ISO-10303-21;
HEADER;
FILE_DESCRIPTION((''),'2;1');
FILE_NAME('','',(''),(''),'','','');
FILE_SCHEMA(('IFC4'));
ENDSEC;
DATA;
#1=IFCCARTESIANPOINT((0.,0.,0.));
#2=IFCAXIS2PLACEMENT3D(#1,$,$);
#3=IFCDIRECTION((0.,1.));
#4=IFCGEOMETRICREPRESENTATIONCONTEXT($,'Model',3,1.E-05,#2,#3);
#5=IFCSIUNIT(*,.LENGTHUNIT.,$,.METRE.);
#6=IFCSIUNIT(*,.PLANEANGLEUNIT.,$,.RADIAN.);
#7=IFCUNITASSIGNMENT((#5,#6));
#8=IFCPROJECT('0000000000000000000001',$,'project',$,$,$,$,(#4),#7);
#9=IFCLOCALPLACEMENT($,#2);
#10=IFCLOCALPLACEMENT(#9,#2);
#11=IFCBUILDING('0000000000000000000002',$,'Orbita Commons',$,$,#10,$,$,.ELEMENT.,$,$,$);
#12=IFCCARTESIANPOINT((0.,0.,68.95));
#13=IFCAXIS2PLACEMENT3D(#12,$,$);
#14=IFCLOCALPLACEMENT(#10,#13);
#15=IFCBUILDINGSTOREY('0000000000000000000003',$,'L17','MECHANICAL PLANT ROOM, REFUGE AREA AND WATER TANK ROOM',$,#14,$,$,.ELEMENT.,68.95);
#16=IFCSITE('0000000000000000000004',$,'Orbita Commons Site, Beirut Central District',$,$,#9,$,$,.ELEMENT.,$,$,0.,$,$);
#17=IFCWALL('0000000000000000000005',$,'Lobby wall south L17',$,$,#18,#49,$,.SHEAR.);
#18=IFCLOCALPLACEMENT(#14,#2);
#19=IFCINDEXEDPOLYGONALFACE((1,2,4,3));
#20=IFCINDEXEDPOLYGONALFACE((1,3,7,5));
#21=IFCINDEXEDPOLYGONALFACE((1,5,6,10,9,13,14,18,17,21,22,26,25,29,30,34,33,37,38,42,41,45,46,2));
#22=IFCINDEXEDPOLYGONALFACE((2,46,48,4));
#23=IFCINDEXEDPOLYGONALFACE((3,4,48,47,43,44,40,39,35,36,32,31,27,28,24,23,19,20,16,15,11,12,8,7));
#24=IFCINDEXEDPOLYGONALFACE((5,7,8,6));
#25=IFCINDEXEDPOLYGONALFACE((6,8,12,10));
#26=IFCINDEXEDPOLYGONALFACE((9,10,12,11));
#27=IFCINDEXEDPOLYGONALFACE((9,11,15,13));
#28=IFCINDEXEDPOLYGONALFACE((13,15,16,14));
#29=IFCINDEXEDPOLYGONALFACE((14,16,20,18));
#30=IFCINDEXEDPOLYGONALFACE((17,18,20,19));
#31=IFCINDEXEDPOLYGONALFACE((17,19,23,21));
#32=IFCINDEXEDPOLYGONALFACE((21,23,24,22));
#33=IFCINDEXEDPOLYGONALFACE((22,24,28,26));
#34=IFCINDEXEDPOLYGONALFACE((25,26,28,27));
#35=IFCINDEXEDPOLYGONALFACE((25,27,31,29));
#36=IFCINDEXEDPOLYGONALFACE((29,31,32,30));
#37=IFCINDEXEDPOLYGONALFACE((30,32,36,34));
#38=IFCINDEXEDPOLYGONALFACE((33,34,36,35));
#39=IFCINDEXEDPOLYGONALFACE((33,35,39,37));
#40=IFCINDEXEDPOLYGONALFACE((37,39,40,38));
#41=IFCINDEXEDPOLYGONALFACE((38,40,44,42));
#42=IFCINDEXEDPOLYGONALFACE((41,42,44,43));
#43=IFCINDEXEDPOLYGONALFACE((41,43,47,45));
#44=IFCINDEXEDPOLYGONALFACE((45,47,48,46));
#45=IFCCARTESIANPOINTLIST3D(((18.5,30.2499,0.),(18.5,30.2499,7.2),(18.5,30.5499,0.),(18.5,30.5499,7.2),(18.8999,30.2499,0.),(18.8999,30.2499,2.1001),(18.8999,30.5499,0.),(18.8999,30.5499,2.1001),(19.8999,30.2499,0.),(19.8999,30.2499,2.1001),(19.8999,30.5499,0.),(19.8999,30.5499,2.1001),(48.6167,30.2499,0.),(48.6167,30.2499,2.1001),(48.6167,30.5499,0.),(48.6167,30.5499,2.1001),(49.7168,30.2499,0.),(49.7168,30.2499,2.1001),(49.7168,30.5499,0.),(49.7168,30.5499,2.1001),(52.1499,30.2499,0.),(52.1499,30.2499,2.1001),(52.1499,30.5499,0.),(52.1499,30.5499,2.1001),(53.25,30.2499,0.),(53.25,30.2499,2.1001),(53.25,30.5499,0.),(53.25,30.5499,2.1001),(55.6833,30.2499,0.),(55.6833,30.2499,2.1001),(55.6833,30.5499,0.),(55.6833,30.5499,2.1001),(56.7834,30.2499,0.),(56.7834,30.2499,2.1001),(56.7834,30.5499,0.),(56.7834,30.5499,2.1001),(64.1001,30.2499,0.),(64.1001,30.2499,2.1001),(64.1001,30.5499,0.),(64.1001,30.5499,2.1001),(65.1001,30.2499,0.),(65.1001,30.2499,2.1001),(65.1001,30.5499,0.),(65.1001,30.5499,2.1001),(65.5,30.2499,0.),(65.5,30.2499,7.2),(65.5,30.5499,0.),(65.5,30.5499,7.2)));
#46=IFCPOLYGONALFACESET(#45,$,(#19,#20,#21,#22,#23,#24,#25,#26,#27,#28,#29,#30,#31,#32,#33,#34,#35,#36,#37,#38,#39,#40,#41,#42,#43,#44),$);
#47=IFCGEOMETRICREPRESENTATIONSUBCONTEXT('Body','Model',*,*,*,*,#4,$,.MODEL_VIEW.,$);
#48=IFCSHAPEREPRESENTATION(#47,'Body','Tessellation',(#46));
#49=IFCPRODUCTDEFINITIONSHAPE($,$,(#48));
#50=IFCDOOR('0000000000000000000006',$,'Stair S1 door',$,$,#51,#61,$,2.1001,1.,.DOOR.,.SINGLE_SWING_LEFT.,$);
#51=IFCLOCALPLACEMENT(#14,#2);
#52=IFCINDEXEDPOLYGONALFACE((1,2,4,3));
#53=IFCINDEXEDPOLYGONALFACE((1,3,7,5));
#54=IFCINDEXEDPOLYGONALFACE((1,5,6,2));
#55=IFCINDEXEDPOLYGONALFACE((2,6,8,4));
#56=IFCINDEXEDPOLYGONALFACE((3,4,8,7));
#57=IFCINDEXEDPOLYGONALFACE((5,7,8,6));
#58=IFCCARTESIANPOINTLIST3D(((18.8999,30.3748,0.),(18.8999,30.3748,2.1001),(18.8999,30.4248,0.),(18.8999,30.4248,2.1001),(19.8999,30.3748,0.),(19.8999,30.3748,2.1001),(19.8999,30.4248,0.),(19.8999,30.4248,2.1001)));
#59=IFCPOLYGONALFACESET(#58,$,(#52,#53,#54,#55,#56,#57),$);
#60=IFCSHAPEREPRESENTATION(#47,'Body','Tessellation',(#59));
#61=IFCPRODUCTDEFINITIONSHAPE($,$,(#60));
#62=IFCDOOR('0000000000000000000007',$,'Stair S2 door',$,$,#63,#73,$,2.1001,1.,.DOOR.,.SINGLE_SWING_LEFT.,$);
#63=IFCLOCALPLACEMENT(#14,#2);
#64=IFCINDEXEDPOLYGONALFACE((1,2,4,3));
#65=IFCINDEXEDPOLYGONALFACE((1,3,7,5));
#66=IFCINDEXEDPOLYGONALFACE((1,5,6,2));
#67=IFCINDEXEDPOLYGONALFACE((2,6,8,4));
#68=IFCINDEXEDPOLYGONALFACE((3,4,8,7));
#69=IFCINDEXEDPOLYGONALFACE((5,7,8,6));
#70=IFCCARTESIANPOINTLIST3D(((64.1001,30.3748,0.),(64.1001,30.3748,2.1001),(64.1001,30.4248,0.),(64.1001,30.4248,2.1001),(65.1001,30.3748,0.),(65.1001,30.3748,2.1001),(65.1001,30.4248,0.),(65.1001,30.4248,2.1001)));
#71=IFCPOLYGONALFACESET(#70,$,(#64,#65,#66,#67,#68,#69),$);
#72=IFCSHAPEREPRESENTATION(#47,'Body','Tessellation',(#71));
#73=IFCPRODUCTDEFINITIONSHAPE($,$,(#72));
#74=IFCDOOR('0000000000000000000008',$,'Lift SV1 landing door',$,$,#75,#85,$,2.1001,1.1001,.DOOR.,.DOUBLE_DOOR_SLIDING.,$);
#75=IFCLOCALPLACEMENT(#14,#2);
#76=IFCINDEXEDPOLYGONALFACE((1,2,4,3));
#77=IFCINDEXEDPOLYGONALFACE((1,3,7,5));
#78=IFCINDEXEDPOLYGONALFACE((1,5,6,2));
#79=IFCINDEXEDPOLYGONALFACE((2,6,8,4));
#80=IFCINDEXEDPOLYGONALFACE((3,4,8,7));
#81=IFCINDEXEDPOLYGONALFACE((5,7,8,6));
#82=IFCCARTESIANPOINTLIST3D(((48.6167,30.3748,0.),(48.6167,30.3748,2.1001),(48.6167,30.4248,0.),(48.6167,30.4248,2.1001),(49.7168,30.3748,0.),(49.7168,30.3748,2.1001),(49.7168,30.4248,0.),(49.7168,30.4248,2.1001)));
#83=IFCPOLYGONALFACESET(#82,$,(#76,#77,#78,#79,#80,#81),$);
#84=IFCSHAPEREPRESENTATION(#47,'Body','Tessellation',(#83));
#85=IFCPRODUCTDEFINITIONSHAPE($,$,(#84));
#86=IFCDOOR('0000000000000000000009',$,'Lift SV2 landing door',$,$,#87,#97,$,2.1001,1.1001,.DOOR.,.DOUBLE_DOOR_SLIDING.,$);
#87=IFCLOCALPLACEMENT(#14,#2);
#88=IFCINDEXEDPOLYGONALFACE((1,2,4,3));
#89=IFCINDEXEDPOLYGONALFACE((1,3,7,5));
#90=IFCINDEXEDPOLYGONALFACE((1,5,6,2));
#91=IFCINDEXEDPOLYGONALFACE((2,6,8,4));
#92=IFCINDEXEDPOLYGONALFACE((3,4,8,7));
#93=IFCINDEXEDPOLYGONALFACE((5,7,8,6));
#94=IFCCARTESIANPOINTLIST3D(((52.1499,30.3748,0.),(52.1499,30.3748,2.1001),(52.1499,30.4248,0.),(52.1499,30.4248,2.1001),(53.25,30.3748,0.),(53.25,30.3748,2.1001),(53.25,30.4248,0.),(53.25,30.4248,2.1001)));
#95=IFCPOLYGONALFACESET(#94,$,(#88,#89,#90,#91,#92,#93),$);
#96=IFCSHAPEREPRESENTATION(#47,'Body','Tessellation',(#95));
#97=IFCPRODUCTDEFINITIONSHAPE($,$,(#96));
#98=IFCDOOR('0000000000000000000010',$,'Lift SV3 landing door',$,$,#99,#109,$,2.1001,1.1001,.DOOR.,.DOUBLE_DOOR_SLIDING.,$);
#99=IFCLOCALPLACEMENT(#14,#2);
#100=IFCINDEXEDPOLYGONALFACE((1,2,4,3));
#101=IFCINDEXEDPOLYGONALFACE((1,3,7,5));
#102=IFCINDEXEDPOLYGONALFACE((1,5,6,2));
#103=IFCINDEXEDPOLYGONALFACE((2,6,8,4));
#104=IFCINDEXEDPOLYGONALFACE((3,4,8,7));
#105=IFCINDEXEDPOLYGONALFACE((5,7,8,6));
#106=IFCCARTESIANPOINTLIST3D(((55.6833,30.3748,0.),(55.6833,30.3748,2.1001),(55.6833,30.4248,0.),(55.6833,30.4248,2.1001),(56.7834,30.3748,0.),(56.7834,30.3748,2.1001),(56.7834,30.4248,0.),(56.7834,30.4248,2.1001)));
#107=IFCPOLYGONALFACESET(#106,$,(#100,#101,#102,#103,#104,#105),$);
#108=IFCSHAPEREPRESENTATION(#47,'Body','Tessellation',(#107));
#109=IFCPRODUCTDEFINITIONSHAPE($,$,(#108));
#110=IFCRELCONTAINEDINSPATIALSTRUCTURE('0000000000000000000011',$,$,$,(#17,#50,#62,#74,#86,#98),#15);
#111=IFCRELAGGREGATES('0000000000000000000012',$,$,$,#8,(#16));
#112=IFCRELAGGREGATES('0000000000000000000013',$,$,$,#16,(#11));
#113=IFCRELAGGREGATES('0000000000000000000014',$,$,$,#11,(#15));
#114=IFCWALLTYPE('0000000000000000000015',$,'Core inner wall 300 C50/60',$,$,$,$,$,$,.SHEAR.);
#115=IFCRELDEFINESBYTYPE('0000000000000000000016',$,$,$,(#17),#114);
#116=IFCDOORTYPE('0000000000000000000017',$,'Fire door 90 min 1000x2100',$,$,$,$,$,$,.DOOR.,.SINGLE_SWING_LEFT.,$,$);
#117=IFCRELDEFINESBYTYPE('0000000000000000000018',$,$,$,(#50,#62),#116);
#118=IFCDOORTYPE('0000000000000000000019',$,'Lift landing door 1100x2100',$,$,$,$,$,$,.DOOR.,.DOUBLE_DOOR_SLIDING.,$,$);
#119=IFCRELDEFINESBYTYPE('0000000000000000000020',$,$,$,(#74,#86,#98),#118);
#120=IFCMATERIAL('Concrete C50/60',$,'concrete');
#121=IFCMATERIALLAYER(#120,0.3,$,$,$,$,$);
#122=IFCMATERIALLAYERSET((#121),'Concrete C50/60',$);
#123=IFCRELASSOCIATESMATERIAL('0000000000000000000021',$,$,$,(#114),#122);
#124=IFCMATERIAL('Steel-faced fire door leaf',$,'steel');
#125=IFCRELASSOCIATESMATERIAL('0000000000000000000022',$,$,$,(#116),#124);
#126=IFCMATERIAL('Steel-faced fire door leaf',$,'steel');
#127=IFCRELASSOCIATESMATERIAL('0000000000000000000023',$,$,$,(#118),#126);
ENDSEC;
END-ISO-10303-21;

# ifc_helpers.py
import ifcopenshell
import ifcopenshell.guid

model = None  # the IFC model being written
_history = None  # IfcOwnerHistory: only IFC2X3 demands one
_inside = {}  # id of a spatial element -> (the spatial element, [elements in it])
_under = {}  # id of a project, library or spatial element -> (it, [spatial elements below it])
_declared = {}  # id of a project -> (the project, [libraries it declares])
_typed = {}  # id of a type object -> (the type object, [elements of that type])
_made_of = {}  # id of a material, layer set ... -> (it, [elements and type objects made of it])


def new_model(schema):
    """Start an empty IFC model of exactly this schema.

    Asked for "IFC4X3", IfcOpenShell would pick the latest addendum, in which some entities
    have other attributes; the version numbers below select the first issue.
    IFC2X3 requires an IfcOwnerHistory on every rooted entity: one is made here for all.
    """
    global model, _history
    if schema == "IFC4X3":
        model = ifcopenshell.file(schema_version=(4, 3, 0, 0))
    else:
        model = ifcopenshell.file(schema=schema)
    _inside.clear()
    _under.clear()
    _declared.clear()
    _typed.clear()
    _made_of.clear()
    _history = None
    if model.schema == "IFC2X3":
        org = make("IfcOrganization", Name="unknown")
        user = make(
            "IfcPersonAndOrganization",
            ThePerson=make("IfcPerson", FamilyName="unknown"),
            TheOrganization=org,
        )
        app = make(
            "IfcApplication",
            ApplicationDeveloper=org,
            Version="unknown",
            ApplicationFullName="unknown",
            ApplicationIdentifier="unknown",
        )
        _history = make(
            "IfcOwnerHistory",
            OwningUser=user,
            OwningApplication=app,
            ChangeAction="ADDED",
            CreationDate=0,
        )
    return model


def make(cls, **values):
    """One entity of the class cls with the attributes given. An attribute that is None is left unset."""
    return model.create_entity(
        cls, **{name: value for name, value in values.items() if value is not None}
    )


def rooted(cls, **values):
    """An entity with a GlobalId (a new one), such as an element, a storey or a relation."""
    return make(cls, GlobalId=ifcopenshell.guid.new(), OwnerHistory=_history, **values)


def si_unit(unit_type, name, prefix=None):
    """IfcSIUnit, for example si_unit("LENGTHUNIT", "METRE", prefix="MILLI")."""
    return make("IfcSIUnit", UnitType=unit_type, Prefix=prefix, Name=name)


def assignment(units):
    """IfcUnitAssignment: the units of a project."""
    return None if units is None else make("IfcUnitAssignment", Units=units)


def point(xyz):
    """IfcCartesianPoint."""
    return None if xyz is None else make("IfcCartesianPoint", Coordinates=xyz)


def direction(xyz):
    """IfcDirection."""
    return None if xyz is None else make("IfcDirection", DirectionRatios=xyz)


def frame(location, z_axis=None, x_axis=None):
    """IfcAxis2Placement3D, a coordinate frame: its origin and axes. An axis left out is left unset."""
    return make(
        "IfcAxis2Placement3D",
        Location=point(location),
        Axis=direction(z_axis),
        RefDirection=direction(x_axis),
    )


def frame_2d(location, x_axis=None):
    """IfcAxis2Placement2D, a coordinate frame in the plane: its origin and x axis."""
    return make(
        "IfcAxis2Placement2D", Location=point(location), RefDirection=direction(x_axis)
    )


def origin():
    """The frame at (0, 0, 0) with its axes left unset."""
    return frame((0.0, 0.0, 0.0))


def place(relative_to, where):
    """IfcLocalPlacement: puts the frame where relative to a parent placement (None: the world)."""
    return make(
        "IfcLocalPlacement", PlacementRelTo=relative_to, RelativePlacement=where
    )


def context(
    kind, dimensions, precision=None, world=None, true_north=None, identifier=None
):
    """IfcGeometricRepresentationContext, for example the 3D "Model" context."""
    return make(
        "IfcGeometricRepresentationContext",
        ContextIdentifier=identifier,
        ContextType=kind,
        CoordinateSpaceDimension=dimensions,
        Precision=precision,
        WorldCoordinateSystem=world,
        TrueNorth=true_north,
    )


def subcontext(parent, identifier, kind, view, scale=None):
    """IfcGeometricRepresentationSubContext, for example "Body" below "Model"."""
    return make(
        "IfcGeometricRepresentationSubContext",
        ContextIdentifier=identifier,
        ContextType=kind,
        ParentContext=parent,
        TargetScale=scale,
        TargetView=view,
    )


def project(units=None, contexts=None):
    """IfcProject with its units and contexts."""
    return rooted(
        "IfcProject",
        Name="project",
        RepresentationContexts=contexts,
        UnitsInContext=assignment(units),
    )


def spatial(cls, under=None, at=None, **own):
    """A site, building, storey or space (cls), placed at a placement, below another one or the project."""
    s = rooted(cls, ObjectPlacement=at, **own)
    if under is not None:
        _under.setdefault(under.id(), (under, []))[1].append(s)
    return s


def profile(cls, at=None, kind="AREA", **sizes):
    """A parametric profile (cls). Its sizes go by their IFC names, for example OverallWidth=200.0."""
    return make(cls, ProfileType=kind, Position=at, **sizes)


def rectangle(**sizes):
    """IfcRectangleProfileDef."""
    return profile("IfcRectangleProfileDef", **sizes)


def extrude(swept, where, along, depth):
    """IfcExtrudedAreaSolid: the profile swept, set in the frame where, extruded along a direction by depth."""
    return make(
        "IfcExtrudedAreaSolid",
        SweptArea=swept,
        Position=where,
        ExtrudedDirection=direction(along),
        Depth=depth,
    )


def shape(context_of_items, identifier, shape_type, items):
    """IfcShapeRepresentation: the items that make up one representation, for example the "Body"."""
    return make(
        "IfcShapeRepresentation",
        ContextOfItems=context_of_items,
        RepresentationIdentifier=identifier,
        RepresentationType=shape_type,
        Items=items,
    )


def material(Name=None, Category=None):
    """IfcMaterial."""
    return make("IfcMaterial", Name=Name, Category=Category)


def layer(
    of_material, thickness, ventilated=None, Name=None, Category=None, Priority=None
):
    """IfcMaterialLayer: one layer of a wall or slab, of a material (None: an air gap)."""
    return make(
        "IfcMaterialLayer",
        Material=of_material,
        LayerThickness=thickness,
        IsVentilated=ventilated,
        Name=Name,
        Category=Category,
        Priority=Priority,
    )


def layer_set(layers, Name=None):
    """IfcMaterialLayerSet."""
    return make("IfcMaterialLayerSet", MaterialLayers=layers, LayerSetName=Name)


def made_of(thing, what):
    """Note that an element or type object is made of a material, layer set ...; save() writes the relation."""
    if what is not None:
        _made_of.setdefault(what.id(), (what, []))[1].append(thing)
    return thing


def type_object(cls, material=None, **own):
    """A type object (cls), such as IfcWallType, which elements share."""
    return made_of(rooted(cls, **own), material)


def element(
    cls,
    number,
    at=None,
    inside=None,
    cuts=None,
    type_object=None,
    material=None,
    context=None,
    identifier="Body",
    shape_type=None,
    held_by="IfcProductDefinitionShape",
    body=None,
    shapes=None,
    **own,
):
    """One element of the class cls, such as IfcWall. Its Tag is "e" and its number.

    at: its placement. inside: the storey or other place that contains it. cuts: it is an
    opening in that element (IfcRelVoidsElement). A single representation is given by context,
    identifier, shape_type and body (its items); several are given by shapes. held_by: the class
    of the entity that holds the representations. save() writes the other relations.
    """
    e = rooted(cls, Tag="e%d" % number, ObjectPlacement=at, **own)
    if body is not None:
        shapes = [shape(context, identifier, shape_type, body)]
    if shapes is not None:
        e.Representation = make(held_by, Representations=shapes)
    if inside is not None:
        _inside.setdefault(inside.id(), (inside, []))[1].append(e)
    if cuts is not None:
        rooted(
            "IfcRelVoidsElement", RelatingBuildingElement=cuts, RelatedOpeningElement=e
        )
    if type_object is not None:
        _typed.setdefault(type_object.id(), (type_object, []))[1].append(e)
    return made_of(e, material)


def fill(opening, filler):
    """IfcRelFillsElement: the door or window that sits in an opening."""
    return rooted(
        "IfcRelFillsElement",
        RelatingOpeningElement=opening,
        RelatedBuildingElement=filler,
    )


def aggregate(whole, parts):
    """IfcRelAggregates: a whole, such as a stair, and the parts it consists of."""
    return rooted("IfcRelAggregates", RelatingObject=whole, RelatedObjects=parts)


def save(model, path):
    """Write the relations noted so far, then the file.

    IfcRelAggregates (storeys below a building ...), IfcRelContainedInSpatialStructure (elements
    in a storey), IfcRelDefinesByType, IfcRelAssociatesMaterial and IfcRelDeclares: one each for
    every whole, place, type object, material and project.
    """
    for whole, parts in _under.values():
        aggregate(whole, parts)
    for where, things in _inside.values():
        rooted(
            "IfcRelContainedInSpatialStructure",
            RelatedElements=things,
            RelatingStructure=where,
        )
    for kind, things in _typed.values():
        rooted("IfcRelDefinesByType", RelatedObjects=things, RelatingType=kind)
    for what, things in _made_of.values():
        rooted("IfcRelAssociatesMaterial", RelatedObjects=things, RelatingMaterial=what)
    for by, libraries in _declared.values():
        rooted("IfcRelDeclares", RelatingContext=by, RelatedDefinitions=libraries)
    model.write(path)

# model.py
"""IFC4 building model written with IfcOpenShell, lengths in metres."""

from ifc_helpers import new_model, si_unit, direction, frame, frame_2d, origin, place, context, subcontext, project, spatial, rectangle, extrude, material, layer, layer_set, type_object, element, fill, save


model = new_model("IFC4")

# Units and contexts
model_context = context("Model", 3, precision=1e-05, world=origin(), true_north=direction((0.0, 1.0)))
body_context = subcontext(model_context, "Body", "Model", "MODEL_VIEW")
ifc_project = project(units=[si_unit("LENGTHUNIT", "METRE"), si_unit("PLANEANGLEUNIT", "RADIAN")], contexts=[model_context])

# Site, building, storey
site_placement = place(None, origin())
site = spatial("IfcSite", under=ifc_project, at=site_placement, Name="Orbita Commons Site, Beirut Central District", CompositionType="ELEMENT", RefElevation=0.0)
building_placement = place(site_placement, origin())
building = spatial("IfcBuilding", under=site, at=building_placement, Name="Orbita Commons", CompositionType="ELEMENT")
storey_placement = place(building_placement, frame((0.0, 0.0, 68.95)))
storey = spatial("IfcBuildingStorey", under=building, at=storey_placement, Name="L17", Description="MECHANICAL PLANT ROOM, REFUGE AREA AND WATER TANK ROOM", CompositionType="ELEMENT", Elevation=68.95)

# Wall, openings, doors
ifc_material_1 = material(Name="Concrete C50/60", Category="concrete")
ifc_layer = layer(ifc_material_1, 0.3)
ifc_layer_set = layer_set([ifc_layer], Name="Concrete C50/60")
wall_type = type_object("IfcWallType", Name="Core inner wall 300 C50/60", PredefinedType="SHEAR", material=ifc_layer_set)
wall_1_placement = place(storey_placement, frame((18.5, 30.3999, 0.0), z_axis=(0.0, 0.0, 1.0), x_axis=(1.0, 0.0, 0.0)))
wall_1 = element("IfcWall", 1, at=wall_1_placement, inside=storey, type_object=wall_type, Name="Lobby wall south L17", PredefinedType="SHEAR", context=body_context, shape_type="SweptSolid", body=[
    extrude(rectangle(XDim=47.0, YDim=0.3, at=frame_2d((23.5, 0.0))), origin(), (0.0, 0.0, 1.0), 7.2),
])
opening_1_placement = place(wall_1_placement, frame((0.3999, 0.0, 0.0)))
opening_1 = element("IfcOpeningElement", 2, at=opening_1_placement, cuts=wall_1, PredefinedType="OPENING", context=body_context, shape_type="SweptSolid", body=[
    extrude(rectangle(XDim=1.0, YDim=2.1001, at=frame_2d((0.5, 1.05))), frame((0.0, 0.1599, 0.0), z_axis=(0.0, -1.0, 0.0), x_axis=(1.0, 0.0, 0.0)), (0.0, 0.0, 1.0), 0.3201),
])
opening_2_placement = place(wall_1_placement, frame((45.6001, 0.0, 0.0)))
opening_2 = element("IfcOpeningElement", 3, at=opening_2_placement, cuts=wall_1, PredefinedType="OPENING", context=body_context, shape_type="SweptSolid", body=[
    extrude(rectangle(XDim=1.0, YDim=2.1001, at=frame_2d((0.5, 1.05))), frame((0.0, 0.1599, 0.0), z_axis=(0.0, -1.0, 0.0), x_axis=(1.0, 0.0, 0.0)), (0.0, 0.0, 1.0), 0.3201),
])
opening_3_placement = place(wall_1_placement, frame((30.1167, 0.0, 0.0)))
opening_3 = element("IfcOpeningElement", 4, at=opening_3_placement, cuts=wall_1, PredefinedType="OPENING", context=body_context, shape_type="SweptSolid", body=[
    extrude(rectangle(XDim=1.1001, YDim=2.1001, at=frame_2d((0.55, 1.05))), frame((0.0, 0.1599, 0.0), z_axis=(0.0, -1.0, 0.0), x_axis=(1.0, 0.0, 0.0)), (0.0, 0.0, 1.0), 0.3201),
])
opening_4_placement = place(wall_1_placement, frame((33.6499, 0.0, 0.0)))
opening_4 = element("IfcOpeningElement", 5, at=opening_4_placement, cuts=wall_1, PredefinedType="OPENING", context=body_context, shape_type="SweptSolid", body=[
    extrude(rectangle(XDim=1.1001, YDim=2.1001, at=frame_2d((0.55, 1.05))), frame((0.0, 0.1599, 0.0), z_axis=(0.0, -1.0, 0.0), x_axis=(1.0, 0.0, 0.0)), (0.0, 0.0, 1.0), 0.3201),
])
opening_5_placement = place(wall_1_placement, frame((37.1833, 0.0, 0.0)))
opening_5 = element("IfcOpeningElement", 6, at=opening_5_placement, cuts=wall_1, PredefinedType="OPENING", context=body_context, shape_type="SweptSolid", body=[
    extrude(rectangle(XDim=1.1001, YDim=2.1001, at=frame_2d((0.55, 1.05))), frame((0.0, 0.1599, 0.0), z_axis=(0.0, -1.0, 0.0), x_axis=(1.0, 0.0, 0.0)), (0.0, 0.0, 1.0), 0.3201),
])
ifc_material_2 = material(Name="Steel-faced fire door leaf", Category="steel")
door_type_1 = type_object("IfcDoorType", Name="Fire door 90 min 1000x2100", OperationType="SINGLE_SWING_LEFT", PredefinedType="DOOR", material=ifc_material_2)
door_1_placement = place(opening_1_placement, origin())
door_1 = element("IfcDoor", 7, at=door_1_placement, inside=storey, type_object=door_type_1, Name="Stair S1 door", OperationType="SINGLE_SWING_LEFT", OverallHeight=2.1001, OverallWidth=1.0, PredefinedType="DOOR", context=body_context, shape_type="SweptSolid", body=[
    extrude(rectangle(XDim=1.0, YDim=2.1001, at=frame_2d((0.5, 1.05))), frame((0.0, 0.0249, 0.0), z_axis=(0.0, -1.0, 0.0), x_axis=(1.0, 0.0, 0.0)), (0.0, 0.0, 1.0), 0.05),
])
fill(opening_1, door_1)
door_2_placement = place(opening_2_placement, origin())
door_2 = element("IfcDoor", 8, at=door_2_placement, inside=storey, type_object=door_type_1, Name="Stair S2 door", OperationType="SINGLE_SWING_LEFT", OverallHeight=2.1001, OverallWidth=1.0, PredefinedType="DOOR", context=body_context, shape_type="SweptSolid", body=[
    extrude(rectangle(XDim=1.0, YDim=2.1001, at=frame_2d((0.5, 1.05))), frame((0.0, 0.0249, 0.0), z_axis=(0.0, -1.0, 0.0), x_axis=(1.0, 0.0, 0.0)), (0.0, 0.0, 1.0), 0.05),
])
fill(opening_2, door_2)
ifc_material_3 = material(Name="Steel-faced fire door leaf", Category="steel")
door_type_2 = type_object("IfcDoorType", Name="Lift landing door 1100x2100", OperationType="DOUBLE_DOOR_SLIDING", PredefinedType="DOOR", material=ifc_material_3)
door_3_placement = place(opening_3_placement, origin())
door_3 = element("IfcDoor", 9, at=door_3_placement, inside=storey, type_object=door_type_2, Name="Lift SV1 landing door", OperationType="DOUBLE_DOOR_SLIDING", OverallHeight=2.1001, OverallWidth=1.1001, PredefinedType="DOOR", context=body_context, shape_type="SweptSolid", body=[
    extrude(rectangle(XDim=1.1001, YDim=2.1001, at=frame_2d((0.55, 1.05))), frame((0.0, 0.0249, 0.0), z_axis=(0.0, -1.0, 0.0), x_axis=(1.0, 0.0, 0.0)), (0.0, 0.0, 1.0), 0.05),
])
fill(opening_3, door_3)
door_4_placement = place(opening_4_placement, origin())
door_4 = element("IfcDoor", 10, at=door_4_placement, inside=storey, type_object=door_type_2, Name="Lift SV2 landing door", OperationType="DOUBLE_DOOR_SLIDING", OverallHeight=2.1001, OverallWidth=1.1001, PredefinedType="DOOR", context=body_context, shape_type="SweptSolid", body=[
    extrude(rectangle(XDim=1.1001, YDim=2.1001, at=frame_2d((0.55, 1.05))), frame((0.0, 0.0249, 0.0), z_axis=(0.0, -1.0, 0.0), x_axis=(1.0, 0.0, 0.0)), (0.0, 0.0, 1.0), 0.05),
])
fill(opening_4, door_4)
door_5_placement = place(opening_5_placement, origin())
door_5 = element("IfcDoor", 11, at=door_5_placement, inside=storey, type_object=door_type_2, Name="Lift SV3 landing door", OperationType="DOUBLE_DOOR_SLIDING", OverallHeight=2.1001, OverallWidth=1.1001, PredefinedType="DOOR", context=body_context, shape_type="SweptSolid", body=[
    extrude(rectangle(XDim=1.1001, YDim=2.1001, at=frame_2d((0.55, 1.05))), frame((0.0, 0.0249, 0.0), z_axis=(0.0, -1.0, 0.0), x_axis=(1.0, 0.0, 0.0)), (0.0, 0.0, 1.0), 0.05),
])
fill(opening_5, door_5)

save(model, "model.ifc")
